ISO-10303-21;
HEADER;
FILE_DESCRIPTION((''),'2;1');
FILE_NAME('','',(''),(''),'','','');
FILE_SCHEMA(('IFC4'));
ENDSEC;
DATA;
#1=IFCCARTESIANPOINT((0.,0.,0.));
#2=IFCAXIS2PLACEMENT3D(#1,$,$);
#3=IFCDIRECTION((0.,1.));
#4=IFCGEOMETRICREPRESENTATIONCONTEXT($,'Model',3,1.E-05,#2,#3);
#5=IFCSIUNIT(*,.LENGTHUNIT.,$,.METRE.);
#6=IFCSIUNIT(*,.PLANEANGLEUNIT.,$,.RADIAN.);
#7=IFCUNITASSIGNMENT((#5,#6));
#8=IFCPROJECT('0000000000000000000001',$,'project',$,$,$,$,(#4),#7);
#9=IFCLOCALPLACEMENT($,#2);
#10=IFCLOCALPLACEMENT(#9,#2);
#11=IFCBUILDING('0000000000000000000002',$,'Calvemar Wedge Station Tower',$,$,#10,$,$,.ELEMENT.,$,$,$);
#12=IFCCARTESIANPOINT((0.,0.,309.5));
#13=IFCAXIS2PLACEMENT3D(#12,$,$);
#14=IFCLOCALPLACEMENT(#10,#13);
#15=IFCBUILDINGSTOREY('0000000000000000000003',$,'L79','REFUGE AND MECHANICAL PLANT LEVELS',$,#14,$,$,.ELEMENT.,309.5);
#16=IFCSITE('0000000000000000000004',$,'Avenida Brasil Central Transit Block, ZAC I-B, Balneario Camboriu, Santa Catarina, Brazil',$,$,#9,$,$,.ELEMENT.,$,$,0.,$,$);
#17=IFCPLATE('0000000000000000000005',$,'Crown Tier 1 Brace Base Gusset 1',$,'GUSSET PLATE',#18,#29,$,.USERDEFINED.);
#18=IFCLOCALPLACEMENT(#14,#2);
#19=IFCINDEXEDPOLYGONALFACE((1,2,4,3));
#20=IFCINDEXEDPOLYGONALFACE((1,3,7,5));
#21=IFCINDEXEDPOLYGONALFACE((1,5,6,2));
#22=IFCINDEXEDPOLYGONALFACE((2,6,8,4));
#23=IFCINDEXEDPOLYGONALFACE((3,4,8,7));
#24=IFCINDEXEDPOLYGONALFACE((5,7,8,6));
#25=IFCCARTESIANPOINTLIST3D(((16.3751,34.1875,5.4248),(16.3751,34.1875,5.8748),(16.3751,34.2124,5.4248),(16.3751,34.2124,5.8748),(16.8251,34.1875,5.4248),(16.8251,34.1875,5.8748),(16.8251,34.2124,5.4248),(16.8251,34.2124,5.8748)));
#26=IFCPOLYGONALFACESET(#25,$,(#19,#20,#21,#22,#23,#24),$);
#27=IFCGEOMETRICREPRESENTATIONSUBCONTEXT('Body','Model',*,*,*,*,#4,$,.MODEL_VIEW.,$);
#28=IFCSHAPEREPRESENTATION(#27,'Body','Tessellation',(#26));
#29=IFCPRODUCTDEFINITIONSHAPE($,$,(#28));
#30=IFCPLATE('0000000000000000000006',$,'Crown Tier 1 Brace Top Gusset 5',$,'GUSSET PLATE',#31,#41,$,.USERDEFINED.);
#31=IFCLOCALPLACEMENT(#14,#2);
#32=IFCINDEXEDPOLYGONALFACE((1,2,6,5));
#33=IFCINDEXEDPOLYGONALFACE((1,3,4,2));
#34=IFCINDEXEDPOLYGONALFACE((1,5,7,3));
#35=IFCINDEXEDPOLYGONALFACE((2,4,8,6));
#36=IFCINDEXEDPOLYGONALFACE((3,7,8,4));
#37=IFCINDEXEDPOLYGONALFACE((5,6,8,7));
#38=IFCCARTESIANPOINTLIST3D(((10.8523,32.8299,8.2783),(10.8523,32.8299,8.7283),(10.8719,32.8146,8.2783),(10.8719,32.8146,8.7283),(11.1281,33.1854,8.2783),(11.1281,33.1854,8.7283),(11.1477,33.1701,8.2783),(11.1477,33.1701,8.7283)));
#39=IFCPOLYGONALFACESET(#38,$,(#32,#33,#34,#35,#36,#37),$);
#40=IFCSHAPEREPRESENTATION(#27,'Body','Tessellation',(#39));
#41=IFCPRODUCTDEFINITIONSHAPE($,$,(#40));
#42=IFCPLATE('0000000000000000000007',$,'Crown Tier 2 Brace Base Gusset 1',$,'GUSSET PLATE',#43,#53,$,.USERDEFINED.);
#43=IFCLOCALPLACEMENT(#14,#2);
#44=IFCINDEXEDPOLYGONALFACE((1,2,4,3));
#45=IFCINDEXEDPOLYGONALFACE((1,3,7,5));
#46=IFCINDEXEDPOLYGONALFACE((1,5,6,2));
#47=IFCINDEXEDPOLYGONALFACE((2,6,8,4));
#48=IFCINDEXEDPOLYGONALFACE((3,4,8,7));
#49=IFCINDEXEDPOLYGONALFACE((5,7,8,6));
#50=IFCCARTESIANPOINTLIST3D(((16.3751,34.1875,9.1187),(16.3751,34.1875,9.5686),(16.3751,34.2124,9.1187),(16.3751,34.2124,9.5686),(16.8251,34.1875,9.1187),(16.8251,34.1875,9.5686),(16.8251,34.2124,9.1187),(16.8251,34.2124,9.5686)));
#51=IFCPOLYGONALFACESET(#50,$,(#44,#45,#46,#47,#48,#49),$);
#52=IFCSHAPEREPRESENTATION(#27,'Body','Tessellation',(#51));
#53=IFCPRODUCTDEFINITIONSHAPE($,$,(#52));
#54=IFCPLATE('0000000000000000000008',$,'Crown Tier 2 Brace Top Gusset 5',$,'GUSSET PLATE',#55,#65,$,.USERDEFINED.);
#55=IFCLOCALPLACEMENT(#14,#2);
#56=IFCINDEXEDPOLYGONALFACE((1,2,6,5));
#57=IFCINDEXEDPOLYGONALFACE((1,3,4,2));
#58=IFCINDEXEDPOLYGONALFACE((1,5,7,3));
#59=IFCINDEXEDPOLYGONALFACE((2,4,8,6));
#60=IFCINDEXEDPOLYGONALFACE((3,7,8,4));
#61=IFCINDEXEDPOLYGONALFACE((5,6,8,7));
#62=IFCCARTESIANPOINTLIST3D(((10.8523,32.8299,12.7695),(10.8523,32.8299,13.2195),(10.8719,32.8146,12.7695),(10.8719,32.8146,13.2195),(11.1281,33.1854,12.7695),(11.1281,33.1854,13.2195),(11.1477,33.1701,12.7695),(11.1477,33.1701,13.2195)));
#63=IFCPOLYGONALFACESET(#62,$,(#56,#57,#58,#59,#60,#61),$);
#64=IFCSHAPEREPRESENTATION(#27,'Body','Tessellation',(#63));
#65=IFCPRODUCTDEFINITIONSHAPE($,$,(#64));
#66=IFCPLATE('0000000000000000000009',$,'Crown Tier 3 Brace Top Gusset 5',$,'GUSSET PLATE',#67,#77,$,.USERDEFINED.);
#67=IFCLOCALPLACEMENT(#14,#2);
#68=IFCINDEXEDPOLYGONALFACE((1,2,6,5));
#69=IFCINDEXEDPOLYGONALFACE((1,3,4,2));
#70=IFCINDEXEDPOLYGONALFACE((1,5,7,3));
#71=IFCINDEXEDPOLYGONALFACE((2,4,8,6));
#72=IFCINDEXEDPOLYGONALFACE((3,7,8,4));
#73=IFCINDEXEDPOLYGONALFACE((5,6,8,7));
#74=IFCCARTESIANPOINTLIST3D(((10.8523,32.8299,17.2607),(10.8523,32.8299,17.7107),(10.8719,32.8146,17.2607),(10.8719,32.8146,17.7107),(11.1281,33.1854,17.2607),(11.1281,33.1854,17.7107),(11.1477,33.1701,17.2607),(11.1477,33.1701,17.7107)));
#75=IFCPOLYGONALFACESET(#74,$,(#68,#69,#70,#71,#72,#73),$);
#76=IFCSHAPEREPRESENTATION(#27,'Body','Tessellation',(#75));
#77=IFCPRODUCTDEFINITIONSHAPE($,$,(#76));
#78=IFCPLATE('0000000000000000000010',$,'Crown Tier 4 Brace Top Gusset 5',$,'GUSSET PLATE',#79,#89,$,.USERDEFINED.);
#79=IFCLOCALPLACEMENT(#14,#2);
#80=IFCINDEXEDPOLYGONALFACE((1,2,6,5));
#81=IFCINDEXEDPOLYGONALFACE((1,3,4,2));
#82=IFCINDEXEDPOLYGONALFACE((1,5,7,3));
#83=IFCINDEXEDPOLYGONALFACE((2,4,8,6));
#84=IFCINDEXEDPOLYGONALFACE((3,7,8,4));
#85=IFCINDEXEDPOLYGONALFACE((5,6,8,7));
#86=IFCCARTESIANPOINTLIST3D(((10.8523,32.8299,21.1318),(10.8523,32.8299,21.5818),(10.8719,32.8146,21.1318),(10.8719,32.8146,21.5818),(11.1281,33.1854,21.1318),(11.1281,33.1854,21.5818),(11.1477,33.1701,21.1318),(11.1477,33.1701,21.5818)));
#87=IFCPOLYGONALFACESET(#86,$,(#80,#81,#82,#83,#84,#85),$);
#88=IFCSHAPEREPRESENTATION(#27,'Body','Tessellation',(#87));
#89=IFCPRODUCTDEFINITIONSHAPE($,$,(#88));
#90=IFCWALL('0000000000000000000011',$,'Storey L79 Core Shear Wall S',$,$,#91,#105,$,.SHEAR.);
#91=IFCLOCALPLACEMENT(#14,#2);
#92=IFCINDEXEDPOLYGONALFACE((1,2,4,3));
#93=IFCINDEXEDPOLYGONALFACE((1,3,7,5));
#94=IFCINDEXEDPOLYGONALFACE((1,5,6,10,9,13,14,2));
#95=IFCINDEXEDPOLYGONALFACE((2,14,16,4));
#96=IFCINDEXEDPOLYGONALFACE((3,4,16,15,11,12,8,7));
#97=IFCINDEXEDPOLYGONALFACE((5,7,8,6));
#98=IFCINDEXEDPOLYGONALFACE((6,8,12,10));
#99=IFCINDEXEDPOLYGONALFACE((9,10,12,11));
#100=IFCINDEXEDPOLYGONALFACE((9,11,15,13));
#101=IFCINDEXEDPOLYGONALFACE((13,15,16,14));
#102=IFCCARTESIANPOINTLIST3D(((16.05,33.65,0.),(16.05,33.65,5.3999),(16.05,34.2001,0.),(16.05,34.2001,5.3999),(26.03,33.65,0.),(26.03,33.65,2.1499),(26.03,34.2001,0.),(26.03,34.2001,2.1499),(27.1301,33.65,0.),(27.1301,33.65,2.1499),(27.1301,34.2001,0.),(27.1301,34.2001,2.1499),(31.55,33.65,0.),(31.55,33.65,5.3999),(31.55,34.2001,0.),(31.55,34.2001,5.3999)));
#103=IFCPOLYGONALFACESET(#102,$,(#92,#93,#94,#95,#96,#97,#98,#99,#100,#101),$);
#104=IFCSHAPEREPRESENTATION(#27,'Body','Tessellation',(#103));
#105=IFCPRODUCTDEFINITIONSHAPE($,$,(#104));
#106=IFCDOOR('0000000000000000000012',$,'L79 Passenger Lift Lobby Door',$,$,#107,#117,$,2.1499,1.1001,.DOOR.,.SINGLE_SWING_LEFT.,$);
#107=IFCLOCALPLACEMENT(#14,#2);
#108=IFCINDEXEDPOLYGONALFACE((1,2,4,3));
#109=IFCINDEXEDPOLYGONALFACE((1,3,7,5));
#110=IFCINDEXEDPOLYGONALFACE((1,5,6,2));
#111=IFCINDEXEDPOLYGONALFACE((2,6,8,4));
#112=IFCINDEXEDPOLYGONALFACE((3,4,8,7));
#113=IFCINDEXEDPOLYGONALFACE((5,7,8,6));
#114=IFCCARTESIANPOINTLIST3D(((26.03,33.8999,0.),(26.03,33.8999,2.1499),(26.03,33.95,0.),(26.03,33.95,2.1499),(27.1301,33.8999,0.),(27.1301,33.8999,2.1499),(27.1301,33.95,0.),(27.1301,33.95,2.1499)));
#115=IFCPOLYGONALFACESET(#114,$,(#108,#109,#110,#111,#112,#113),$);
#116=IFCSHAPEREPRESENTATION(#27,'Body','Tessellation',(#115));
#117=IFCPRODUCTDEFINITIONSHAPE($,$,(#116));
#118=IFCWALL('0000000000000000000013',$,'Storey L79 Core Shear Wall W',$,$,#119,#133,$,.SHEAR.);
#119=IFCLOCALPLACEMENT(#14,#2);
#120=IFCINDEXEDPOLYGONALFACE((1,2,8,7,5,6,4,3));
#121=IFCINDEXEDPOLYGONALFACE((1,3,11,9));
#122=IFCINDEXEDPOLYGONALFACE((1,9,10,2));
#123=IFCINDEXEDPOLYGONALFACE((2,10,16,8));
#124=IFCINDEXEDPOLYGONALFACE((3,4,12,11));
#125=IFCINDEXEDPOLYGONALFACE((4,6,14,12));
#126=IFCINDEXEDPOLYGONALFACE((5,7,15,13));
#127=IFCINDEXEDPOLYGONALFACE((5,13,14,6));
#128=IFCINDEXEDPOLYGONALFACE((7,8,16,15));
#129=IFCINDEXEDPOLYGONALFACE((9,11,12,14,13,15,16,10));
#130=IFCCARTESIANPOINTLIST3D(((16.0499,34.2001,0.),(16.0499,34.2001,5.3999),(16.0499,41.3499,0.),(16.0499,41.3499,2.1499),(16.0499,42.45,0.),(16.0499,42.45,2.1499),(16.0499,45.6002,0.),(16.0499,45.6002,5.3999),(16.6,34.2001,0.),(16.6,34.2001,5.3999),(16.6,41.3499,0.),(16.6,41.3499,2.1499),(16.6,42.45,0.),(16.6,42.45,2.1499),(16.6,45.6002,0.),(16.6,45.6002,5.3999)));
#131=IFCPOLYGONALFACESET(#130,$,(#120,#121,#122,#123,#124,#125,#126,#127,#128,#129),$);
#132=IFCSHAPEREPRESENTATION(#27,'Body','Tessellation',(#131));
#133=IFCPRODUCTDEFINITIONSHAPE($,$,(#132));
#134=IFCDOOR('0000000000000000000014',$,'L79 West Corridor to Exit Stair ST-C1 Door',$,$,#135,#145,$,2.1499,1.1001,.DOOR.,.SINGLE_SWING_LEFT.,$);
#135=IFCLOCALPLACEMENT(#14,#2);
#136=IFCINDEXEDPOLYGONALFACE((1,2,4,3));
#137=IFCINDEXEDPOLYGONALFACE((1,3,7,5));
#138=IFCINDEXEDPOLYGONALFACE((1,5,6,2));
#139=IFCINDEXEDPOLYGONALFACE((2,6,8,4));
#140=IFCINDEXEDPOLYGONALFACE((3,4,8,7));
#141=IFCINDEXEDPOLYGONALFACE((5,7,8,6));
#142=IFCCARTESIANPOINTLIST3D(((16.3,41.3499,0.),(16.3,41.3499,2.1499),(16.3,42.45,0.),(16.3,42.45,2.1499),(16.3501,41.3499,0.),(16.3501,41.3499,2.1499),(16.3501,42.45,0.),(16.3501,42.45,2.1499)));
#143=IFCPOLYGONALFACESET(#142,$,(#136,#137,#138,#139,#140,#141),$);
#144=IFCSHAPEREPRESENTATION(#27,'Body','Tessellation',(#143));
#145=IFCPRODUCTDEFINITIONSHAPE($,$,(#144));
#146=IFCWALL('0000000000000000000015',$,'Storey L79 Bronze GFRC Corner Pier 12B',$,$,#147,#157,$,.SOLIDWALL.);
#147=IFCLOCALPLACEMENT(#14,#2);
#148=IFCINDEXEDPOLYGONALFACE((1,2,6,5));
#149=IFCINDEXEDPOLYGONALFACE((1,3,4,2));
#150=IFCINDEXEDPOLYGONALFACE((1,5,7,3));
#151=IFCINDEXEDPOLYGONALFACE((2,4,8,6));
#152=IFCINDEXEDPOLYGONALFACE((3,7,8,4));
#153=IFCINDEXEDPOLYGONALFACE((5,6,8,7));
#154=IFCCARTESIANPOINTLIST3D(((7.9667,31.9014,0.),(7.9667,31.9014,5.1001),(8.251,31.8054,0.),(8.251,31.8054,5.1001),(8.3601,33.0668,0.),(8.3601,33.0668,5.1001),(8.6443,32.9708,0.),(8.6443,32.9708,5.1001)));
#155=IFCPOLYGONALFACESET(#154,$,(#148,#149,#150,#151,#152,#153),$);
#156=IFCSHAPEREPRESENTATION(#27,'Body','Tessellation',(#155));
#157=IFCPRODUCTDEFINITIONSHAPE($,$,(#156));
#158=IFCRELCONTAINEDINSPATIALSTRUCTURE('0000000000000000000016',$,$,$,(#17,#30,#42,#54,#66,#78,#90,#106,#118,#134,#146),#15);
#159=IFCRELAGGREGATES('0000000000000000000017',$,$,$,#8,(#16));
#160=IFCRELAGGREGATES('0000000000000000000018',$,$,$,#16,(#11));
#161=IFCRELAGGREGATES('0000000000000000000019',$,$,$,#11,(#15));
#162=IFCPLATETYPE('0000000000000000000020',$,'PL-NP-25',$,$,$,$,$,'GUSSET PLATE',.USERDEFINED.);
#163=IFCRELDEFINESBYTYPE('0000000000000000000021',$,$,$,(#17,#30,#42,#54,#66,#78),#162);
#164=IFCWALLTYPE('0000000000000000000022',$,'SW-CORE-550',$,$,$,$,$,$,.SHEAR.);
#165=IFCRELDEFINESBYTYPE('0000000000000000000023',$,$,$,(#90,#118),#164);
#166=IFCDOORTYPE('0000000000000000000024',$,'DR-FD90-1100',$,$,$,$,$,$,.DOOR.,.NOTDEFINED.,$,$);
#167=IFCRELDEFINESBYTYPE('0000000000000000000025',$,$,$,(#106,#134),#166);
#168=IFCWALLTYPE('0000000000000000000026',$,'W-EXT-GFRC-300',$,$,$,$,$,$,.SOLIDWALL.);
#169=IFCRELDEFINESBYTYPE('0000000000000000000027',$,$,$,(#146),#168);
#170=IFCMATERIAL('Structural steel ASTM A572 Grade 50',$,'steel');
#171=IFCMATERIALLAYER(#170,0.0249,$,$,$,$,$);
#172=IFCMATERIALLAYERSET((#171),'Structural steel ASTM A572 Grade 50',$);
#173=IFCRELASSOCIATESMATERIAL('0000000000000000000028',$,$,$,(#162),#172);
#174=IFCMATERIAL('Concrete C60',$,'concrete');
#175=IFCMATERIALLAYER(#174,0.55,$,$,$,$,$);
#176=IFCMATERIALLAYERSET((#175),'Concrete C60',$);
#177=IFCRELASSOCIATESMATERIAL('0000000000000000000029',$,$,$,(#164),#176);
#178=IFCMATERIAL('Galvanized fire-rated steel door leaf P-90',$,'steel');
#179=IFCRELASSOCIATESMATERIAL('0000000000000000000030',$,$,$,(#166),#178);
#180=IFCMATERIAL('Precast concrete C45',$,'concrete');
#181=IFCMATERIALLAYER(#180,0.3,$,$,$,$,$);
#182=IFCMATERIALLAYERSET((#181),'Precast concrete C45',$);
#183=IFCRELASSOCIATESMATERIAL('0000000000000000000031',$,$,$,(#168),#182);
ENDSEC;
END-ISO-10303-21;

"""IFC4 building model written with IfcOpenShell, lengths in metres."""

from ifc_helpers import new_model, si_unit, direction, frame, frame_2d, origin, origin_2d, place, context, subcontext, project, spatial, rectangle, extrude, source, transform, mapped, material, layer, layer_set, type_object, element, fill, save


model = new_model("IFC4")

# Units and contexts
model_context = context("Model", 3, precision=1e-05, world=origin(), true_north=direction((0.0, 1.0)))
body_context = subcontext(model_context, "Body", "Model", "MODEL_VIEW")
ifc_project = project(units=[si_unit("LENGTHUNIT", "METRE"), si_unit("PLANEANGLEUNIT", "RADIAN")], contexts=[model_context])

# Site, building, storey
site_placement = place(None, origin())
site = spatial("IfcSite", under=ifc_project, at=site_placement, Name="Avenida Brasil Central Transit Block, ZAC I-B, Balneario Camboriu, Santa Catarina, Brazil", CompositionType="ELEMENT", RefElevation=0.0)
building_placement = place(site_placement, origin())
building = spatial("IfcBuilding", under=site, at=building_placement, Name="Calvemar Wedge Station Tower", CompositionType="ELEMENT")
storey_placement = place(building_placement, frame((0.0, 0.0, 309.5)))
storey = spatial("IfcBuildingStorey", under=building, at=storey_placement, Name="L79", Description="REFUGE AND MECHANICAL PLANT LEVELS", CompositionType="ELEMENT", Elevation=309.5)

# Shared definitions
ifc_material_1 = material(Name="Structural steel ASTM A572 Grade 50", Category="steel")

# Plates
ifc_layer_1 = layer(ifc_material_1, 0.0249)
ifc_layer_set_1 = layer_set([ifc_layer_1], Name="Structural steel ASTM A572 Grade 50")
plate_type_1 = type_object("IfcPlateType", Name="PL-NP-25", ElementType="GUSSET PLATE", PredefinedType="USERDEFINED", material=ifc_layer_set_1)
shared_shape_1 = source(origin(), body_context, "Body", "SweptSolid", [
    extrude(rectangle(XDim=0.45, YDim=0.0249, at=origin_2d()), origin(), (0.0, 0.0, 1.0), 0.45),
])
for number, where, z_axis, x_axis, name in (
    (1, (16.6001, 34.2, 5.4248), (0.0, 0.0, 1.0), (1.0, 0.0, 0.0), "Crown Tier 1 Brace Base Gusset 1"),
    (2, (11.0, 33.0, 8.2783), (0.0, 0.0, 1.0), (-0.612907, -0.790155, 0.0), "Crown Tier 1 Brace Top Gusset 5"),
    (3, (16.6001, 34.2, 9.1187), (0.0, 0.0, 1.0), (1.0, 0.0, 0.0), "Crown Tier 2 Brace Base Gusset 1"),
    (4, (11.0, 33.0, 12.7695), (0.0, 0.0, 1.0), (-0.612907, -0.790155, 0.0), "Crown Tier 2 Brace Top Gusset 5"),
    (5, (11.0, 33.0, 17.2607), (0.0, 0.0, 1.0), (-0.612907, -0.790155, 0.0), "Crown Tier 3 Brace Top Gusset 5"),
    (6, (11.0, 33.0, 21.1318), (0.0, 0.0, 1.0), (-0.612907, -0.790155, 0.0), "Crown Tier 4 Brace Top Gusset 5"),
):
    element("IfcPlate", number, at=place(storey_placement, frame(where, z_axis=z_axis, x_axis=x_axis)), inside=storey, type_object=plate_type_1, Name=name, ObjectType="GUSSET PLATE", PredefinedType="USERDEFINED", context=body_context, shape_type="MappedRepresentation", body=[
        mapped(shared_shape_1, transform((0.0, 0.0, 0.0), scale=1.0)),
    ])

# Walls, openings, doors
ifc_material_2 = material(Name="Concrete C60", Category="concrete")
ifc_layer_2 = layer(ifc_material_2, 0.55)
ifc_layer_set_2 = layer_set([ifc_layer_2], Name="Concrete C60")
wall_type_1 = type_object("IfcWallType", Name="SW-CORE-550", PredefinedType="SHEAR", material=ifc_layer_set_2)
wall_1_placement = place(storey_placement, frame((16.05, 33.925, 0.0), z_axis=(0.0, 0.0, 1.0), x_axis=(1.0, 0.0, 0.0)))
wall_1 = element("IfcWall", 7, at=wall_1_placement, inside=storey, type_object=wall_type_1, Name="Storey L79 Core Shear Wall S", PredefinedType="SHEAR", context=body_context, shape_type="SweptSolid", body=[
    extrude(rectangle(XDim=15.5, YDim=0.55, at=frame_2d((7.75, 0.0))), origin(), (0.0, 0.0, 1.0), 5.3999),
])
shared_shape_2 = source(origin(), body_context, "Body", "SweptSolid", [
    extrude(rectangle(XDim=1.1001, YDim=2.1499, at=frame_2d((0.55, 1.075))), frame((0.0, 0.2852, 0.0), z_axis=(0.0, -1.0, 0.0), x_axis=(1.0, 0.0, 0.0)), (0.0, 0.0, 1.0), 0.5701),
])
opening_1_placement = place(wall_1_placement, frame((9.98, 0.0, 0.0)))
opening_1 = element("IfcOpeningElement", 8, at=opening_1_placement, cuts=wall_1, PredefinedType="OPENING", context=body_context, shape_type="MappedRepresentation", body=[
    mapped(shared_shape_2, transform((0.0, 0.0, 0.0), scale=1.0)),
])
ifc_material_3 = material(Name="Galvanized fire-rated steel door leaf P-90", Category="steel")
door_type = type_object("IfcDoorType", Name="DR-FD90-1100", OperationType="NOTDEFINED", PredefinedType="DOOR", material=ifc_material_3)
shared_shape_3 = source(origin(), body_context, "Body", "SweptSolid", [
    extrude(rectangle(XDim=1.1001, YDim=2.1499, at=frame_2d((0.55, 1.075))), frame((0.0, 0.0249, 0.0), z_axis=(0.0, -1.0, 0.0), x_axis=(1.0, 0.0, 0.0)), (0.0, 0.0, 1.0), 0.05),
])
door_1_placement = place(opening_1_placement, origin())
door_1 = element("IfcDoor", 9, at=door_1_placement, inside=storey, type_object=door_type, Name="L79 Passenger Lift Lobby Door", OperationType="SINGLE_SWING_LEFT", OverallHeight=2.1499, OverallWidth=1.1001, PredefinedType="DOOR", context=body_context, shape_type="MappedRepresentation", body=[
    mapped(shared_shape_3, transform((0.0, 0.0, 0.0), scale=1.0)),
])
fill(opening_1, door_1)
wall_2_placement = place(storey_placement, frame((16.325, 34.2, 0.0), z_axis=(0.0, 0.0, 1.0), x_axis=(0.0, 1.0, 0.0)))
wall_2 = element("IfcWall", 10, at=wall_2_placement, inside=storey, type_object=wall_type_1, Name="Storey L79 Core Shear Wall W", PredefinedType="SHEAR", context=body_context, shape_type="SweptSolid", body=[
    extrude(rectangle(XDim=11.4001, YDim=0.55, at=frame_2d((5.7002, 0.0))), origin(), (0.0, 0.0, 1.0), 5.3999),
])
opening_2_placement = place(wall_2_placement, frame((7.1499, 0.0, 0.0)))
opening_2 = element("IfcOpeningElement", 11, at=opening_2_placement, cuts=wall_2, PredefinedType="OPENING", context=body_context, shape_type="MappedRepresentation", body=[
    mapped(shared_shape_2, transform((0.0, 0.0, 0.0), scale=1.0)),
])
door_2_placement = place(opening_2_placement, origin())
door_2 = element("IfcDoor", 12, at=door_2_placement, inside=storey, type_object=door_type, Name="L79 West Corridor to Exit Stair ST-C1 Door", OperationType="SINGLE_SWING_LEFT", OverallHeight=2.1499, OverallWidth=1.1001, PredefinedType="DOOR", context=body_context, shape_type="MappedRepresentation", body=[
    mapped(shared_shape_3, transform((0.0, 0.0, 0.0), scale=1.0)),
])
fill(opening_2, door_2)

# Wall
ifc_material_4 = material(Name="Precast concrete C45", Category="concrete")
ifc_layer_3 = layer(ifc_material_4, 0.3)
ifc_layer_set_3 = layer_set([ifc_layer_3], Name="Precast concrete C45")
wall_type_2 = type_object("IfcWallType", Name="W-EXT-GFRC-300", PredefinedType="SOLIDWALL", material=ifc_layer_set_3)
wall_3_placement = place(storey_placement, frame((8.5022, 33.0188, 0.0), z_axis=(0.0, 0.0, 1.0), x_axis=(-0.319799, -0.947486, 0.0)))
element("IfcWall", 13, at=wall_3_placement, inside=storey, type_object=wall_type_2, Name="Storey L79 Bronze GFRC Corner Pier 12B", PredefinedType="SOLIDWALL", context=body_context, shape_type="SweptSolid", body=[
    extrude(rectangle(XDim=1.23, YDim=0.3, at=frame_2d((0.615, 0.0))), origin(), (0.0, 0.0, 1.0), 5.1001),
])

save(model, "model.ifc")
